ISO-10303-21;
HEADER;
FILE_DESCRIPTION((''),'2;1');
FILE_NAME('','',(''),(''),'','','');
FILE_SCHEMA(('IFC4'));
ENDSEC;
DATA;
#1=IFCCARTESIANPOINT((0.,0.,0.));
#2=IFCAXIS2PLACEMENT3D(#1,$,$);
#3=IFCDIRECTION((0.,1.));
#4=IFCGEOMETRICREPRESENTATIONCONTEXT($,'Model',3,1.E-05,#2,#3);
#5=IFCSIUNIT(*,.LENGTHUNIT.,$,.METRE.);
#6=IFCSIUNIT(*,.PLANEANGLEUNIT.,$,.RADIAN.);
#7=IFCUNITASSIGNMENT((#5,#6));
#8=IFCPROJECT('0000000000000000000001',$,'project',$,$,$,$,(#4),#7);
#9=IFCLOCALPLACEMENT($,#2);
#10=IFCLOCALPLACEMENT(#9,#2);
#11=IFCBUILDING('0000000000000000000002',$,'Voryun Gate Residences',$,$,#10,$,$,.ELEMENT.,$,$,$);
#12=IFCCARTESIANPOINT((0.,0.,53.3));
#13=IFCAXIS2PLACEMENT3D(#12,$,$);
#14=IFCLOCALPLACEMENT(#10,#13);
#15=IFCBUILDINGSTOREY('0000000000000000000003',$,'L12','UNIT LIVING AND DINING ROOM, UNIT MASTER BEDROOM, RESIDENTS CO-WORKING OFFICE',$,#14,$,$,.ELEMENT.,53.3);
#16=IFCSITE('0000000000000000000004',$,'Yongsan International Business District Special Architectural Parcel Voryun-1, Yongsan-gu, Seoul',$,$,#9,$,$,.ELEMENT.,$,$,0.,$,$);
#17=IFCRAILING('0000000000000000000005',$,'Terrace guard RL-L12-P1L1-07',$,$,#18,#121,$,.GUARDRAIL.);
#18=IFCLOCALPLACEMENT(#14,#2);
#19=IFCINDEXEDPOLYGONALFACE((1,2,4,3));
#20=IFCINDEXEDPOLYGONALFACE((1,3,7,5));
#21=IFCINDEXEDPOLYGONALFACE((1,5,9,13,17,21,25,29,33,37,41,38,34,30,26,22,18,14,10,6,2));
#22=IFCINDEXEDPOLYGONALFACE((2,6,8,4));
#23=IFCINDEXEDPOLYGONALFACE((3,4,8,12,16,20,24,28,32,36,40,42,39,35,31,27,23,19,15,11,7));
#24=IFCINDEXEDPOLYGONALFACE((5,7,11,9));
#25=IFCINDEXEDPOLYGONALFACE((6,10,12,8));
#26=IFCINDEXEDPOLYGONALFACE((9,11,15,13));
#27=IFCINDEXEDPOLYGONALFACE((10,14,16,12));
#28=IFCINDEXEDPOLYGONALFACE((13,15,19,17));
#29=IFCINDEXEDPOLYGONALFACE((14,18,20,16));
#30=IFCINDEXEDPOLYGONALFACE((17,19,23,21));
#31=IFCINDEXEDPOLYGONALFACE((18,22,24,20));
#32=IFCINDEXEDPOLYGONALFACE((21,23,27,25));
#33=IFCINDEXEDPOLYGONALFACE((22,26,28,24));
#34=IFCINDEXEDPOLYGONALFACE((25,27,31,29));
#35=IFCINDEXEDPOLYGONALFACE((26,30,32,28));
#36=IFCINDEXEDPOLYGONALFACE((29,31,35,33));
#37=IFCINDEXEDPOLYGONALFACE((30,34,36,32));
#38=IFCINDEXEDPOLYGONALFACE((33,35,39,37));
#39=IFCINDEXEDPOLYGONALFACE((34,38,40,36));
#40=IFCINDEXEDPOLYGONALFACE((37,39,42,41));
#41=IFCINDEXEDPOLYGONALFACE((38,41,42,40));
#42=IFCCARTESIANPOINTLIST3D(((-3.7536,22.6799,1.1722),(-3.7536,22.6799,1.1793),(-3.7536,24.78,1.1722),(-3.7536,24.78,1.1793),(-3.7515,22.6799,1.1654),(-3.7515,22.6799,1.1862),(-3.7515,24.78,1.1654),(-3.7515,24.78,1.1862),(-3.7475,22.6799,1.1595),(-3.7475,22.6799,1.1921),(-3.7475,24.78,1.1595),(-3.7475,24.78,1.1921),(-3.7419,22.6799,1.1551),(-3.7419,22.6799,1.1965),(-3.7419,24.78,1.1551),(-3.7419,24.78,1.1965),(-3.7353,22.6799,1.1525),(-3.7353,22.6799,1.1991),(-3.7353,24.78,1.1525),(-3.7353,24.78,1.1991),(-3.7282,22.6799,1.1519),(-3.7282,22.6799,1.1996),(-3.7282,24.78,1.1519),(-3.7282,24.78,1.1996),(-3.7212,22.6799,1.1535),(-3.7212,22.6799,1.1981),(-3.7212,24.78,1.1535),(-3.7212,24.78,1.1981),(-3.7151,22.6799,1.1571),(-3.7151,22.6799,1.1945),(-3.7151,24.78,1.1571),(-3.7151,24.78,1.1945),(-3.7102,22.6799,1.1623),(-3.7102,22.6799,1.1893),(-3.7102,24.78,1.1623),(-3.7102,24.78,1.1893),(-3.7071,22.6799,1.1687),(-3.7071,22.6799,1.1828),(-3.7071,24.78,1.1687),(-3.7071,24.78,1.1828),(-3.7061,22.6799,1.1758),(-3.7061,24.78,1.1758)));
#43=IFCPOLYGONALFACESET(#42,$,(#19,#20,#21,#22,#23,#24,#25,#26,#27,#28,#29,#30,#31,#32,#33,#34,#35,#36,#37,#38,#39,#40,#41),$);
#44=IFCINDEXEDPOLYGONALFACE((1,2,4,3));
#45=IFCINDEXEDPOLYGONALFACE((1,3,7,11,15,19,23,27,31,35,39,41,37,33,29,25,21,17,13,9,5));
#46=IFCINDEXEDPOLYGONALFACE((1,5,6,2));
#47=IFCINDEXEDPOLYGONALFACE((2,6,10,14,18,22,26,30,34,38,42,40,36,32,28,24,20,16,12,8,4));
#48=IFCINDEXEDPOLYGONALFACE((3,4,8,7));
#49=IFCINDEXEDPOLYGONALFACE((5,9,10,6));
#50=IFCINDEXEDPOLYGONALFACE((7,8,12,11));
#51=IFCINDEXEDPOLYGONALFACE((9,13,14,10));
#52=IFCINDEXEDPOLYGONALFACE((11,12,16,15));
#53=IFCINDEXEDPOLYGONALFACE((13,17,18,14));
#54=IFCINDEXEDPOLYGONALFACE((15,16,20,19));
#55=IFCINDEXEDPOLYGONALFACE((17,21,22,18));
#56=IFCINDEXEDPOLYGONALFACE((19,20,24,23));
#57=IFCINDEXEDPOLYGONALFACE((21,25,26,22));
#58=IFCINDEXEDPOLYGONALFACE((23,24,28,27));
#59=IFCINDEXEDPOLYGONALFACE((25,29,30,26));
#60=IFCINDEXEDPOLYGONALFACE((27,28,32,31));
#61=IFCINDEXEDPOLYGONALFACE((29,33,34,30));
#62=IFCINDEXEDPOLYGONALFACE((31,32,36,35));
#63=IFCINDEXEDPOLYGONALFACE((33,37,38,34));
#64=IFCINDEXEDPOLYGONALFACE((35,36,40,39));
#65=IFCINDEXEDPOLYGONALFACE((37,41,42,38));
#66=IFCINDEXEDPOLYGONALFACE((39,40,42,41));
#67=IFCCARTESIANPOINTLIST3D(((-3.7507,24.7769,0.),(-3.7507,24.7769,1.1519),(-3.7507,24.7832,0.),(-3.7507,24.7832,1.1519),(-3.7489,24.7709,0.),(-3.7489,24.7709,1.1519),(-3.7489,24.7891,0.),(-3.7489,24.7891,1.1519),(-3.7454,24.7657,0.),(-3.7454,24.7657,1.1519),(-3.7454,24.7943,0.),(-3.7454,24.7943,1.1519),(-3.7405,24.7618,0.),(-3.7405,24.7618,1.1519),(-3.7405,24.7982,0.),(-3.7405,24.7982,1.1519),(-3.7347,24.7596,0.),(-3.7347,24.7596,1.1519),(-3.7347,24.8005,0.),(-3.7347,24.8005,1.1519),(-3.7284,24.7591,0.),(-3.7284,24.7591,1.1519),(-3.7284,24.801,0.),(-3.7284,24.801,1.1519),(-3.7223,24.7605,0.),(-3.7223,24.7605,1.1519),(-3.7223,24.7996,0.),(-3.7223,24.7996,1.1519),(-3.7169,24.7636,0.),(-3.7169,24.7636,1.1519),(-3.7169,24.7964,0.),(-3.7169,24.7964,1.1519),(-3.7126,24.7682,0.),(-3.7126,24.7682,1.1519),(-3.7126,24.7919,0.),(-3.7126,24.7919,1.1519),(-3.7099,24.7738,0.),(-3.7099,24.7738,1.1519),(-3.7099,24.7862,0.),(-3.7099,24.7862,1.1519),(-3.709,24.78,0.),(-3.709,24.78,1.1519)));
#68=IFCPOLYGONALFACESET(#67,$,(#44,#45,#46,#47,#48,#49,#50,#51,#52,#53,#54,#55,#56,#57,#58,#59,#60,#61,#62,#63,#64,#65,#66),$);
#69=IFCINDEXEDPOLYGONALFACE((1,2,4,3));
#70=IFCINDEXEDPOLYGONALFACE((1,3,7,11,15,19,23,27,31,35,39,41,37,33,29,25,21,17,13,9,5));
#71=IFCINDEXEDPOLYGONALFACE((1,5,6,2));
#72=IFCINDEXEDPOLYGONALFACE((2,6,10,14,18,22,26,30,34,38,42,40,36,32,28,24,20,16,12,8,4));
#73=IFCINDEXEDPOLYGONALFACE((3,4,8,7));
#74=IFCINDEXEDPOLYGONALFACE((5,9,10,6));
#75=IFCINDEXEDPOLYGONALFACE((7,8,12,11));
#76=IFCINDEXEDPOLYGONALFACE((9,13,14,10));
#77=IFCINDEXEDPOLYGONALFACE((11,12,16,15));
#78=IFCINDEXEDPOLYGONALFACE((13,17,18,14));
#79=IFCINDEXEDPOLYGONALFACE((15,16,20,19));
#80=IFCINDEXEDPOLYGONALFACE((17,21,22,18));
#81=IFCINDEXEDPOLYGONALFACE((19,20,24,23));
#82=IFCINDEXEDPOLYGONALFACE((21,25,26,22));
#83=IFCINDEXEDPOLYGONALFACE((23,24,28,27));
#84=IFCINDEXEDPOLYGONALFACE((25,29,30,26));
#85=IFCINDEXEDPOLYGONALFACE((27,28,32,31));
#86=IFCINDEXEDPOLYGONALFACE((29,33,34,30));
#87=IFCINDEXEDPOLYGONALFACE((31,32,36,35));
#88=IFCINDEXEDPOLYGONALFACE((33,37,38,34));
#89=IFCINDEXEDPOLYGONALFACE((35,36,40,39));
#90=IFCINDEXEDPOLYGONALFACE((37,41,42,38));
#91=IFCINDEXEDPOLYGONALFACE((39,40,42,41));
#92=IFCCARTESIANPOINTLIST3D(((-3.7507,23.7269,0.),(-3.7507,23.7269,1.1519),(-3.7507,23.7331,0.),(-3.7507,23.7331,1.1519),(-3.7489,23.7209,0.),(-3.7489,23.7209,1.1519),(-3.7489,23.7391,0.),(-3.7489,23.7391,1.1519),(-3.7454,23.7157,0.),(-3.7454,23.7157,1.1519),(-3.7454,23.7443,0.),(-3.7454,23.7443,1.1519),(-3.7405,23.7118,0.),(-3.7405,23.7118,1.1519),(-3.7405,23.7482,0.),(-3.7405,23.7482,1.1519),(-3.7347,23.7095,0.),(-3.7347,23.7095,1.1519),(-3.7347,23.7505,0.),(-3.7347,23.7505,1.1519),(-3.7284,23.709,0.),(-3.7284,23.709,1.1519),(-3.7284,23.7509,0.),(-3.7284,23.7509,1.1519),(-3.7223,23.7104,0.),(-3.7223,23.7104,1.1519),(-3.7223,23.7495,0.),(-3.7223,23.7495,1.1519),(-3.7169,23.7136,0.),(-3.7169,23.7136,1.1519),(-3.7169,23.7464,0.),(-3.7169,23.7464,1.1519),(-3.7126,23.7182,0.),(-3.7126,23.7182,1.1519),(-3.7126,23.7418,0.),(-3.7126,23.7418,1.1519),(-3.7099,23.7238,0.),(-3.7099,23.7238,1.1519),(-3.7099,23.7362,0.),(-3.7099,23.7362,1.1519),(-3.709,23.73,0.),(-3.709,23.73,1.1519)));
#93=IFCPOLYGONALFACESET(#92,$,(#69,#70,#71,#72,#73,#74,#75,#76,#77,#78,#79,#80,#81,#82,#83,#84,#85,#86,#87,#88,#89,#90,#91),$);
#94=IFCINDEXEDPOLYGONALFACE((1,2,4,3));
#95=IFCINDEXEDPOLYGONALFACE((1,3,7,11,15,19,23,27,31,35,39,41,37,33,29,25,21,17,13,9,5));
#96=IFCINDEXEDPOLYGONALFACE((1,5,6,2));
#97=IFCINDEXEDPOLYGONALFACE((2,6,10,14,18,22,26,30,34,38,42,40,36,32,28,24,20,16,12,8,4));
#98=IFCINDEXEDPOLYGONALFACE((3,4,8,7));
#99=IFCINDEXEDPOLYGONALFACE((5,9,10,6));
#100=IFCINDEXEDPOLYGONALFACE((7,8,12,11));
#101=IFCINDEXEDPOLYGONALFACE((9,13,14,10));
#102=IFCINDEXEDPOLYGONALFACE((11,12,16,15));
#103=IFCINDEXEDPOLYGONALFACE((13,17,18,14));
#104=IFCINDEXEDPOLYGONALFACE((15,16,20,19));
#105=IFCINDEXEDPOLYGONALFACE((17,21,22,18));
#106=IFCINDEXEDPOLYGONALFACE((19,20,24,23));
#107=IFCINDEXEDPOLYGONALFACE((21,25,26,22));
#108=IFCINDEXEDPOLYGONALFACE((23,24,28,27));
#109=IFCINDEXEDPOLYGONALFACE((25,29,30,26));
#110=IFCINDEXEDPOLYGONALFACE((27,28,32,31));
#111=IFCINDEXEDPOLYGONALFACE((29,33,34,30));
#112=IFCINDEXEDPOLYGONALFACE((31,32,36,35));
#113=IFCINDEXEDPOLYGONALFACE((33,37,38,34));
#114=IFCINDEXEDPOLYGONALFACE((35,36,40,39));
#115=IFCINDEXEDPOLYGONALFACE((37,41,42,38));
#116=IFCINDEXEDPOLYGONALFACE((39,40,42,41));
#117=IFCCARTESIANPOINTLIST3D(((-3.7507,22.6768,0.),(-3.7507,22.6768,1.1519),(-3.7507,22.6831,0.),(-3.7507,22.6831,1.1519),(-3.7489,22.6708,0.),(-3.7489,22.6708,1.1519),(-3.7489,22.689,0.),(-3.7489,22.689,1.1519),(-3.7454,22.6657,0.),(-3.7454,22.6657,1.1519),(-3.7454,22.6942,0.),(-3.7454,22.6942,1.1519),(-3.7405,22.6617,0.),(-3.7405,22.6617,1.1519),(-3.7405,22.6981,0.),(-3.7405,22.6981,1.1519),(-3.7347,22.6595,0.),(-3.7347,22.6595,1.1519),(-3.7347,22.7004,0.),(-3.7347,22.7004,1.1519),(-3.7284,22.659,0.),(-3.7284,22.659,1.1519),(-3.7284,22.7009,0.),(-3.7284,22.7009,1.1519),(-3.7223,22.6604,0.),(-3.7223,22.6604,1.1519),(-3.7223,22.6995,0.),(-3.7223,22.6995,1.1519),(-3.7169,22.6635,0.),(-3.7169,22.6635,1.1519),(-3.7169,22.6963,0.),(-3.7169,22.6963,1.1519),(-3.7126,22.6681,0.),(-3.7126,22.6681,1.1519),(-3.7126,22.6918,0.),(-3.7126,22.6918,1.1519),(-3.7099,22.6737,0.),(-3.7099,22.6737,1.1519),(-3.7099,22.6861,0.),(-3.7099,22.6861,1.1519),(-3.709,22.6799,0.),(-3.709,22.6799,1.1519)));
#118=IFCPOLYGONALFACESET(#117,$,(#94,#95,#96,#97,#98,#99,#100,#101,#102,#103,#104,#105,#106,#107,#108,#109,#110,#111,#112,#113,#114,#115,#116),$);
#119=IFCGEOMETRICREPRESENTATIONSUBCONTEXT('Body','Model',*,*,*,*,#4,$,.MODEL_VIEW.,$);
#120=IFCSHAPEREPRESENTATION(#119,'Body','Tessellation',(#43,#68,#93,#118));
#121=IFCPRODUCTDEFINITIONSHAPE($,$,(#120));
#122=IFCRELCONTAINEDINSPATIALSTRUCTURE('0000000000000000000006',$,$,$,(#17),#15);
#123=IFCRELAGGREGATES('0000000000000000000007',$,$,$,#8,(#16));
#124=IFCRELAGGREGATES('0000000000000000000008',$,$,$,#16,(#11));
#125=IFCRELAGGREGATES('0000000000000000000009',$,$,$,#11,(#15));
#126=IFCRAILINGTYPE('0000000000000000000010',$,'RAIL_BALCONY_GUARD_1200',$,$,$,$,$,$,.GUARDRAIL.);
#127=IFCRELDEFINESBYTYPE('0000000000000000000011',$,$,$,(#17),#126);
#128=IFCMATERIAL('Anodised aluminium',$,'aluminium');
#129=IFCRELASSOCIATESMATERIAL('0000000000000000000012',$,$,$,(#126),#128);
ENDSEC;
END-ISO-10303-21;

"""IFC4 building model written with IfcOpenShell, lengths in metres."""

from ifc_helpers import new_model, si_unit, direction, frame, origin, origin_2d, place, context, subcontext, project, spatial, circle, extrude, material, type_object, element, save


model = new_model("IFC4")

# Units and contexts
model_context = context("Model", 3, precision=1e-05, world=origin(), true_north=direction((0.0, 1.0)))
body_context = subcontext(model_context, "Body", "Model", "MODEL_VIEW")
ifc_project = project(units=[si_unit("LENGTHUNIT", "METRE"), si_unit("PLANEANGLEUNIT", "RADIAN")], contexts=[model_context])

# Site, building, storey
site_placement = place(None, origin())
site = spatial("IfcSite", under=ifc_project, at=site_placement, Name="Yongsan International Business District Special Architectural Parcel Voryun-1, Yongsan-gu, Seoul", CompositionType="ELEMENT", RefElevation=0.0)
building_placement = place(site_placement, origin())
building = spatial("IfcBuilding", under=site, at=building_placement, Name="Voryun Gate Residences", CompositionType="ELEMENT")
storey_placement = place(building_placement, frame((0.0, 0.0, 53.3)))
storey = spatial("IfcBuildingStorey", under=building, at=storey_placement, Name="L12", Description="UNIT LIVING AND DINING ROOM, UNIT MASTER BEDROOM, RESIDENTS CO-WORKING OFFICE", CompositionType="ELEMENT", Elevation=53.3)

# Railing
ifc_material_1 = material(Name="Anodised aluminium", Category="aluminium")
railing_type = type_object("IfcRailingType", Name="RAIL_BALCONY_GUARD_1200", PredefinedType="GUARDRAIL", material=ifc_material_1)
railing_1_placement = place(storey_placement, frame((-3.73, 24.78, 0.0)))
element("IfcRailing", 1, at=railing_1_placement, inside=storey, type_object=railing_type, Name="Terrace guard RL-L12-P1L1-07", PredefinedType="GUARDRAIL", context=body_context, shape_type="SweptSolid", body=[
    extrude(circle(Radius=0.0239, at=origin_2d()), frame((0.0, 0.0, 1.1758), z_axis=(0.0, -1.0, 0.0), x_axis=(1.0, 0.0, 0.0)), (0.0, 0.0, 1.0), 2.1001),
    extrude(circle(Radius=0.021, at=origin_2d()), origin(), (0.0, 0.0, 1.0), 1.1519),
    extrude(circle(Radius=0.021, at=origin_2d()), frame((0.0, -1.05, 0.0)), (0.0, 0.0, 1.0), 1.1519),
    extrude(circle(Radius=0.021, at=origin_2d()), frame((0.0, -2.1001, 0.0)), (0.0, 0.0, 1.0), 1.1519),
])

save(model, "model.ifc")
